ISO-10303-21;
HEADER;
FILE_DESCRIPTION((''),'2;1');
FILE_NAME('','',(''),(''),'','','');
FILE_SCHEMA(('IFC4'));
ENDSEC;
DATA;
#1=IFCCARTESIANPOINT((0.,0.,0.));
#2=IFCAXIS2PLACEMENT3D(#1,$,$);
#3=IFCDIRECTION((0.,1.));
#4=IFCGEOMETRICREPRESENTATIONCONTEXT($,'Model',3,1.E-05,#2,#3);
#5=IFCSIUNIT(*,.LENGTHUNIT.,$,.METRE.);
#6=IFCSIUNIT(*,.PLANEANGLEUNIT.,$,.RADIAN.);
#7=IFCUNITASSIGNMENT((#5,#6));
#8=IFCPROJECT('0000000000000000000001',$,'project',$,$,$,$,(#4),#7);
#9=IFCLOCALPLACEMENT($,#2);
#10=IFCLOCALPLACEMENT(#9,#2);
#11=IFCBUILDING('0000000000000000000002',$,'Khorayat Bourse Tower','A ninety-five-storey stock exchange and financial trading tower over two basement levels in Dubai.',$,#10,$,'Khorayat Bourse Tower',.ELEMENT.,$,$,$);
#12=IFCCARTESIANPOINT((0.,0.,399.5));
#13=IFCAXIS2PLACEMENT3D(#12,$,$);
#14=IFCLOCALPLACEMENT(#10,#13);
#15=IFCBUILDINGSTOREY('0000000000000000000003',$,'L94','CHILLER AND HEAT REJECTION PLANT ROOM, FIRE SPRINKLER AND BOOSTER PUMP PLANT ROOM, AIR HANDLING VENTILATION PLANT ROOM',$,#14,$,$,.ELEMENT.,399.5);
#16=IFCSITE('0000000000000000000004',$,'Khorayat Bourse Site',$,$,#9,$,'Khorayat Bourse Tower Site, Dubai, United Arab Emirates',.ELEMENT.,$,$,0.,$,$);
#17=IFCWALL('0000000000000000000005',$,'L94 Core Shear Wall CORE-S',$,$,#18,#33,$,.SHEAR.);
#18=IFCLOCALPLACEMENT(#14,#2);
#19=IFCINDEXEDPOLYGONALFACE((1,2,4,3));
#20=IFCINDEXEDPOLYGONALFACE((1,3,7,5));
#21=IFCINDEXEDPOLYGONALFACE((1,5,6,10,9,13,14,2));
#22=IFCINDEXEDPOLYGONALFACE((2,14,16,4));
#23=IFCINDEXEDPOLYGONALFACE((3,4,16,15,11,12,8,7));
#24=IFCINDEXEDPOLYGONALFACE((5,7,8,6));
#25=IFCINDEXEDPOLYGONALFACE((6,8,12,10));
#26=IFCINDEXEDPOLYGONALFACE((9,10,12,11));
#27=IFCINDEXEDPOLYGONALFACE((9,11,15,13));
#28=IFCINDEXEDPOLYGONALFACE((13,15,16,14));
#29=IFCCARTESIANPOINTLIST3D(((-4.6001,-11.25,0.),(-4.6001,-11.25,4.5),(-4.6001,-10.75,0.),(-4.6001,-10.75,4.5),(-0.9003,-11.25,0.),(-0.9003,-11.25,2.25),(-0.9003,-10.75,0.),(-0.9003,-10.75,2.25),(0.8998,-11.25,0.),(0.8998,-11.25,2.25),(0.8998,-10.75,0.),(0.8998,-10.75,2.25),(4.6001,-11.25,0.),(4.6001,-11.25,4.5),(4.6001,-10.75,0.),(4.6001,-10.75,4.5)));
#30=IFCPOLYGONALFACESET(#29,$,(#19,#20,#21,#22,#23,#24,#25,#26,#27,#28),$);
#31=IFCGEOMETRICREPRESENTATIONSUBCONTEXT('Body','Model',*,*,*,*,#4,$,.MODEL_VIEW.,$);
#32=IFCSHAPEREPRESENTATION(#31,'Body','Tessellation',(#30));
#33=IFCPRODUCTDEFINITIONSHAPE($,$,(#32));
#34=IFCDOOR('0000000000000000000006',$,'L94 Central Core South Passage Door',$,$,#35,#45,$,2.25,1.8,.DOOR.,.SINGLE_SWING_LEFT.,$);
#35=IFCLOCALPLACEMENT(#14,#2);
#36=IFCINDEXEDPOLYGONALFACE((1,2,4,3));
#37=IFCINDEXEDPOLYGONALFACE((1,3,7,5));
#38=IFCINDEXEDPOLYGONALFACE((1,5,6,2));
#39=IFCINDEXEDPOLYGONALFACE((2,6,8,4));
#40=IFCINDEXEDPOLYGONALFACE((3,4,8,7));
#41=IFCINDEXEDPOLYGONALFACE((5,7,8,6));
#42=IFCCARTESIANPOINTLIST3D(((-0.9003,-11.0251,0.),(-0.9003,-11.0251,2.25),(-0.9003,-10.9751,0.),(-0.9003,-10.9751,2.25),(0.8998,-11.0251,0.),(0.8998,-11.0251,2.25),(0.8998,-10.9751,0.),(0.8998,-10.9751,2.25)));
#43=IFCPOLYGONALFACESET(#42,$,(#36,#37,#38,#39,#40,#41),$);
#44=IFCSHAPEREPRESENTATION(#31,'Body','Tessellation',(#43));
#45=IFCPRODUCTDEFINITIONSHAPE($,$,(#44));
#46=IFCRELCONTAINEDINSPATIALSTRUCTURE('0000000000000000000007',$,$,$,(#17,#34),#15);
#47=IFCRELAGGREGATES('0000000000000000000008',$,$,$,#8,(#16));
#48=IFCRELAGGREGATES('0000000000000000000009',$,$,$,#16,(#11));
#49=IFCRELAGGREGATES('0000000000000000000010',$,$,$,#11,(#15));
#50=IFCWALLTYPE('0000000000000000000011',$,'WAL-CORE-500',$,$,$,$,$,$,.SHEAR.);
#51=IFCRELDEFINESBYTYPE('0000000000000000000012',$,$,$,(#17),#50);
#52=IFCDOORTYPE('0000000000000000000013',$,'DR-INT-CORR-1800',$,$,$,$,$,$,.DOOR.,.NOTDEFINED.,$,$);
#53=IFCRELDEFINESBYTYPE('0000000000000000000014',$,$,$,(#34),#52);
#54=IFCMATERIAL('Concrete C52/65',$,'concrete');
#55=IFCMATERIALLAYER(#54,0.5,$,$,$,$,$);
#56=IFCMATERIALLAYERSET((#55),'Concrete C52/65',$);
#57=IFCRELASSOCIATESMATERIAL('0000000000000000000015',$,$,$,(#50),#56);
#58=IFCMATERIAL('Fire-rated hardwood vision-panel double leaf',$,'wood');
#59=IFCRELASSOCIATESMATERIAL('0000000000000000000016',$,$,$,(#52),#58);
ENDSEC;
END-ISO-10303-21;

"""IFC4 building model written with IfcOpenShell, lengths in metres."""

from ifc_helpers import new_model, si_unit, direction, frame, frame_2d, origin, place, context, subcontext, project, spatial, rectangle, extrude, source, transform, mapped, material, layer, layer_set, type_object, element, fill, save


model = new_model("IFC4")

# Units and contexts
model_context = context("Model", 3, precision=1e-05, world=origin(), true_north=direction((0.0, 1.0)))
body_context = subcontext(model_context, "Body", "Model", "MODEL_VIEW")
ifc_project = project(units=[si_unit("LENGTHUNIT", "METRE"), si_unit("PLANEANGLEUNIT", "RADIAN")], contexts=[model_context])

# Site, building, storey
site_placement = place(None, origin())
site = spatial("IfcSite", under=ifc_project, at=site_placement, Name="Khorayat Bourse Site", LongName="Khorayat Bourse Tower Site, Dubai, United Arab Emirates", CompositionType="ELEMENT", RefElevation=0.0)
building_placement = place(site_placement, origin())
building = spatial("IfcBuilding", under=site, at=building_placement, Name="Khorayat Bourse Tower", Description="A ninety-five-storey stock exchange and financial trading tower over two basement levels in Dubai.", LongName="Khorayat Bourse Tower", CompositionType="ELEMENT")
storey_placement = place(building_placement, frame((0.0, 0.0, 399.5)))
storey = spatial("IfcBuildingStorey", under=building, at=storey_placement, Name="L94", Description="CHILLER AND HEAT REJECTION PLANT ROOM, FIRE SPRINKLER AND BOOSTER PUMP PLANT ROOM, AIR HANDLING VENTILATION PLANT ROOM", CompositionType="ELEMENT", Elevation=399.5)

# Shared definitions
ifc_material_1 = material(Name="Concrete C52/65", Category="concrete")

# Shared definitions
ifc_layer_1 = layer(ifc_material_1, 0.5)
ifc_layer_set_1 = layer_set([ifc_layer_1], Name="Concrete C52/65")
wall_type = type_object("IfcWallType", Name="WAL-CORE-500", PredefinedType="SHEAR", material=ifc_layer_set_1)

# Wall, opening, door
shared_shape_1 = source(origin(), body_context, "Body", "SweptSolid", [
    extrude(rectangle(XDim=9.2002, YDim=0.5, at=frame_2d((4.6001, 0.0))), origin(), (0.0, 0.0, 1.0), 4.5),
])
wall_1_placement = place(storey_placement, frame((-4.6001, -11.0, 0.0), z_axis=(0.0, 0.0, 1.0), x_axis=(1.0, 0.0, 0.0)))
wall_1 = element("IfcWall", 1, at=wall_1_placement, inside=storey, type_object=wall_type, Name="L94 Core Shear Wall CORE-S", PredefinedType="SHEAR", context=body_context, shape_type="MappedRepresentation", body=[
    mapped(shared_shape_1, transform((0.0, 0.0, 0.0), scale=1.0)),
])
shared_shape_2 = source(origin(), body_context, "Body", "SweptSolid", [
    extrude(rectangle(XDim=1.8, YDim=2.25, at=frame_2d((0.8999, 1.125))), frame((0.0, 0.26, 0.0), z_axis=(0.0, -1.0, 0.0), x_axis=(1.0, 0.0, 0.0)), (0.0, 0.0, 1.0), 0.52),
])
opening_1_placement = place(wall_1_placement, frame((3.7, 0.0, 0.0)))
opening_1 = element("IfcOpeningElement", 2, at=opening_1_placement, cuts=wall_1, PredefinedType="OPENING", context=body_context, shape_type="MappedRepresentation", body=[
    mapped(shared_shape_2, transform((0.0, 0.0, 0.0), scale=1.0)),
])
ifc_material_2 = material(Name="Fire-rated hardwood vision-panel double leaf", Category="wood")
door_type_1 = type_object("IfcDoorType", Name="DR-INT-CORR-1800", OperationType="NOTDEFINED", PredefinedType="DOOR", material=ifc_material_2)
shared_shape_3 = source(origin(), body_context, "Body", "SweptSolid", [
    extrude(rectangle(XDim=1.8, YDim=2.25, at=frame_2d((0.8999, 1.125))), frame((0.0, 0.0249, 0.0), z_axis=(0.0, -1.0, 0.0), x_axis=(1.0, 0.0, 0.0)), (0.0, 0.0, 1.0), 0.05),
])
door_1_placement = place(opening_1_placement, origin())
door_1 = element("IfcDoor", 3, at=door_1_placement, inside=storey, type_object=door_type_1, Name="L94 Central Core South Passage Door", OperationType="SINGLE_SWING_LEFT", OverallHeight=2.25, OverallWidth=1.8, PredefinedType="DOOR", context=body_context, shape_type="MappedRepresentation", body=[
    mapped(shared_shape_3, transform((0.0, 0.0, 0.0), scale=1.0)),
])
fill(opening_1, door_1)

save(model, "model.ifc")
